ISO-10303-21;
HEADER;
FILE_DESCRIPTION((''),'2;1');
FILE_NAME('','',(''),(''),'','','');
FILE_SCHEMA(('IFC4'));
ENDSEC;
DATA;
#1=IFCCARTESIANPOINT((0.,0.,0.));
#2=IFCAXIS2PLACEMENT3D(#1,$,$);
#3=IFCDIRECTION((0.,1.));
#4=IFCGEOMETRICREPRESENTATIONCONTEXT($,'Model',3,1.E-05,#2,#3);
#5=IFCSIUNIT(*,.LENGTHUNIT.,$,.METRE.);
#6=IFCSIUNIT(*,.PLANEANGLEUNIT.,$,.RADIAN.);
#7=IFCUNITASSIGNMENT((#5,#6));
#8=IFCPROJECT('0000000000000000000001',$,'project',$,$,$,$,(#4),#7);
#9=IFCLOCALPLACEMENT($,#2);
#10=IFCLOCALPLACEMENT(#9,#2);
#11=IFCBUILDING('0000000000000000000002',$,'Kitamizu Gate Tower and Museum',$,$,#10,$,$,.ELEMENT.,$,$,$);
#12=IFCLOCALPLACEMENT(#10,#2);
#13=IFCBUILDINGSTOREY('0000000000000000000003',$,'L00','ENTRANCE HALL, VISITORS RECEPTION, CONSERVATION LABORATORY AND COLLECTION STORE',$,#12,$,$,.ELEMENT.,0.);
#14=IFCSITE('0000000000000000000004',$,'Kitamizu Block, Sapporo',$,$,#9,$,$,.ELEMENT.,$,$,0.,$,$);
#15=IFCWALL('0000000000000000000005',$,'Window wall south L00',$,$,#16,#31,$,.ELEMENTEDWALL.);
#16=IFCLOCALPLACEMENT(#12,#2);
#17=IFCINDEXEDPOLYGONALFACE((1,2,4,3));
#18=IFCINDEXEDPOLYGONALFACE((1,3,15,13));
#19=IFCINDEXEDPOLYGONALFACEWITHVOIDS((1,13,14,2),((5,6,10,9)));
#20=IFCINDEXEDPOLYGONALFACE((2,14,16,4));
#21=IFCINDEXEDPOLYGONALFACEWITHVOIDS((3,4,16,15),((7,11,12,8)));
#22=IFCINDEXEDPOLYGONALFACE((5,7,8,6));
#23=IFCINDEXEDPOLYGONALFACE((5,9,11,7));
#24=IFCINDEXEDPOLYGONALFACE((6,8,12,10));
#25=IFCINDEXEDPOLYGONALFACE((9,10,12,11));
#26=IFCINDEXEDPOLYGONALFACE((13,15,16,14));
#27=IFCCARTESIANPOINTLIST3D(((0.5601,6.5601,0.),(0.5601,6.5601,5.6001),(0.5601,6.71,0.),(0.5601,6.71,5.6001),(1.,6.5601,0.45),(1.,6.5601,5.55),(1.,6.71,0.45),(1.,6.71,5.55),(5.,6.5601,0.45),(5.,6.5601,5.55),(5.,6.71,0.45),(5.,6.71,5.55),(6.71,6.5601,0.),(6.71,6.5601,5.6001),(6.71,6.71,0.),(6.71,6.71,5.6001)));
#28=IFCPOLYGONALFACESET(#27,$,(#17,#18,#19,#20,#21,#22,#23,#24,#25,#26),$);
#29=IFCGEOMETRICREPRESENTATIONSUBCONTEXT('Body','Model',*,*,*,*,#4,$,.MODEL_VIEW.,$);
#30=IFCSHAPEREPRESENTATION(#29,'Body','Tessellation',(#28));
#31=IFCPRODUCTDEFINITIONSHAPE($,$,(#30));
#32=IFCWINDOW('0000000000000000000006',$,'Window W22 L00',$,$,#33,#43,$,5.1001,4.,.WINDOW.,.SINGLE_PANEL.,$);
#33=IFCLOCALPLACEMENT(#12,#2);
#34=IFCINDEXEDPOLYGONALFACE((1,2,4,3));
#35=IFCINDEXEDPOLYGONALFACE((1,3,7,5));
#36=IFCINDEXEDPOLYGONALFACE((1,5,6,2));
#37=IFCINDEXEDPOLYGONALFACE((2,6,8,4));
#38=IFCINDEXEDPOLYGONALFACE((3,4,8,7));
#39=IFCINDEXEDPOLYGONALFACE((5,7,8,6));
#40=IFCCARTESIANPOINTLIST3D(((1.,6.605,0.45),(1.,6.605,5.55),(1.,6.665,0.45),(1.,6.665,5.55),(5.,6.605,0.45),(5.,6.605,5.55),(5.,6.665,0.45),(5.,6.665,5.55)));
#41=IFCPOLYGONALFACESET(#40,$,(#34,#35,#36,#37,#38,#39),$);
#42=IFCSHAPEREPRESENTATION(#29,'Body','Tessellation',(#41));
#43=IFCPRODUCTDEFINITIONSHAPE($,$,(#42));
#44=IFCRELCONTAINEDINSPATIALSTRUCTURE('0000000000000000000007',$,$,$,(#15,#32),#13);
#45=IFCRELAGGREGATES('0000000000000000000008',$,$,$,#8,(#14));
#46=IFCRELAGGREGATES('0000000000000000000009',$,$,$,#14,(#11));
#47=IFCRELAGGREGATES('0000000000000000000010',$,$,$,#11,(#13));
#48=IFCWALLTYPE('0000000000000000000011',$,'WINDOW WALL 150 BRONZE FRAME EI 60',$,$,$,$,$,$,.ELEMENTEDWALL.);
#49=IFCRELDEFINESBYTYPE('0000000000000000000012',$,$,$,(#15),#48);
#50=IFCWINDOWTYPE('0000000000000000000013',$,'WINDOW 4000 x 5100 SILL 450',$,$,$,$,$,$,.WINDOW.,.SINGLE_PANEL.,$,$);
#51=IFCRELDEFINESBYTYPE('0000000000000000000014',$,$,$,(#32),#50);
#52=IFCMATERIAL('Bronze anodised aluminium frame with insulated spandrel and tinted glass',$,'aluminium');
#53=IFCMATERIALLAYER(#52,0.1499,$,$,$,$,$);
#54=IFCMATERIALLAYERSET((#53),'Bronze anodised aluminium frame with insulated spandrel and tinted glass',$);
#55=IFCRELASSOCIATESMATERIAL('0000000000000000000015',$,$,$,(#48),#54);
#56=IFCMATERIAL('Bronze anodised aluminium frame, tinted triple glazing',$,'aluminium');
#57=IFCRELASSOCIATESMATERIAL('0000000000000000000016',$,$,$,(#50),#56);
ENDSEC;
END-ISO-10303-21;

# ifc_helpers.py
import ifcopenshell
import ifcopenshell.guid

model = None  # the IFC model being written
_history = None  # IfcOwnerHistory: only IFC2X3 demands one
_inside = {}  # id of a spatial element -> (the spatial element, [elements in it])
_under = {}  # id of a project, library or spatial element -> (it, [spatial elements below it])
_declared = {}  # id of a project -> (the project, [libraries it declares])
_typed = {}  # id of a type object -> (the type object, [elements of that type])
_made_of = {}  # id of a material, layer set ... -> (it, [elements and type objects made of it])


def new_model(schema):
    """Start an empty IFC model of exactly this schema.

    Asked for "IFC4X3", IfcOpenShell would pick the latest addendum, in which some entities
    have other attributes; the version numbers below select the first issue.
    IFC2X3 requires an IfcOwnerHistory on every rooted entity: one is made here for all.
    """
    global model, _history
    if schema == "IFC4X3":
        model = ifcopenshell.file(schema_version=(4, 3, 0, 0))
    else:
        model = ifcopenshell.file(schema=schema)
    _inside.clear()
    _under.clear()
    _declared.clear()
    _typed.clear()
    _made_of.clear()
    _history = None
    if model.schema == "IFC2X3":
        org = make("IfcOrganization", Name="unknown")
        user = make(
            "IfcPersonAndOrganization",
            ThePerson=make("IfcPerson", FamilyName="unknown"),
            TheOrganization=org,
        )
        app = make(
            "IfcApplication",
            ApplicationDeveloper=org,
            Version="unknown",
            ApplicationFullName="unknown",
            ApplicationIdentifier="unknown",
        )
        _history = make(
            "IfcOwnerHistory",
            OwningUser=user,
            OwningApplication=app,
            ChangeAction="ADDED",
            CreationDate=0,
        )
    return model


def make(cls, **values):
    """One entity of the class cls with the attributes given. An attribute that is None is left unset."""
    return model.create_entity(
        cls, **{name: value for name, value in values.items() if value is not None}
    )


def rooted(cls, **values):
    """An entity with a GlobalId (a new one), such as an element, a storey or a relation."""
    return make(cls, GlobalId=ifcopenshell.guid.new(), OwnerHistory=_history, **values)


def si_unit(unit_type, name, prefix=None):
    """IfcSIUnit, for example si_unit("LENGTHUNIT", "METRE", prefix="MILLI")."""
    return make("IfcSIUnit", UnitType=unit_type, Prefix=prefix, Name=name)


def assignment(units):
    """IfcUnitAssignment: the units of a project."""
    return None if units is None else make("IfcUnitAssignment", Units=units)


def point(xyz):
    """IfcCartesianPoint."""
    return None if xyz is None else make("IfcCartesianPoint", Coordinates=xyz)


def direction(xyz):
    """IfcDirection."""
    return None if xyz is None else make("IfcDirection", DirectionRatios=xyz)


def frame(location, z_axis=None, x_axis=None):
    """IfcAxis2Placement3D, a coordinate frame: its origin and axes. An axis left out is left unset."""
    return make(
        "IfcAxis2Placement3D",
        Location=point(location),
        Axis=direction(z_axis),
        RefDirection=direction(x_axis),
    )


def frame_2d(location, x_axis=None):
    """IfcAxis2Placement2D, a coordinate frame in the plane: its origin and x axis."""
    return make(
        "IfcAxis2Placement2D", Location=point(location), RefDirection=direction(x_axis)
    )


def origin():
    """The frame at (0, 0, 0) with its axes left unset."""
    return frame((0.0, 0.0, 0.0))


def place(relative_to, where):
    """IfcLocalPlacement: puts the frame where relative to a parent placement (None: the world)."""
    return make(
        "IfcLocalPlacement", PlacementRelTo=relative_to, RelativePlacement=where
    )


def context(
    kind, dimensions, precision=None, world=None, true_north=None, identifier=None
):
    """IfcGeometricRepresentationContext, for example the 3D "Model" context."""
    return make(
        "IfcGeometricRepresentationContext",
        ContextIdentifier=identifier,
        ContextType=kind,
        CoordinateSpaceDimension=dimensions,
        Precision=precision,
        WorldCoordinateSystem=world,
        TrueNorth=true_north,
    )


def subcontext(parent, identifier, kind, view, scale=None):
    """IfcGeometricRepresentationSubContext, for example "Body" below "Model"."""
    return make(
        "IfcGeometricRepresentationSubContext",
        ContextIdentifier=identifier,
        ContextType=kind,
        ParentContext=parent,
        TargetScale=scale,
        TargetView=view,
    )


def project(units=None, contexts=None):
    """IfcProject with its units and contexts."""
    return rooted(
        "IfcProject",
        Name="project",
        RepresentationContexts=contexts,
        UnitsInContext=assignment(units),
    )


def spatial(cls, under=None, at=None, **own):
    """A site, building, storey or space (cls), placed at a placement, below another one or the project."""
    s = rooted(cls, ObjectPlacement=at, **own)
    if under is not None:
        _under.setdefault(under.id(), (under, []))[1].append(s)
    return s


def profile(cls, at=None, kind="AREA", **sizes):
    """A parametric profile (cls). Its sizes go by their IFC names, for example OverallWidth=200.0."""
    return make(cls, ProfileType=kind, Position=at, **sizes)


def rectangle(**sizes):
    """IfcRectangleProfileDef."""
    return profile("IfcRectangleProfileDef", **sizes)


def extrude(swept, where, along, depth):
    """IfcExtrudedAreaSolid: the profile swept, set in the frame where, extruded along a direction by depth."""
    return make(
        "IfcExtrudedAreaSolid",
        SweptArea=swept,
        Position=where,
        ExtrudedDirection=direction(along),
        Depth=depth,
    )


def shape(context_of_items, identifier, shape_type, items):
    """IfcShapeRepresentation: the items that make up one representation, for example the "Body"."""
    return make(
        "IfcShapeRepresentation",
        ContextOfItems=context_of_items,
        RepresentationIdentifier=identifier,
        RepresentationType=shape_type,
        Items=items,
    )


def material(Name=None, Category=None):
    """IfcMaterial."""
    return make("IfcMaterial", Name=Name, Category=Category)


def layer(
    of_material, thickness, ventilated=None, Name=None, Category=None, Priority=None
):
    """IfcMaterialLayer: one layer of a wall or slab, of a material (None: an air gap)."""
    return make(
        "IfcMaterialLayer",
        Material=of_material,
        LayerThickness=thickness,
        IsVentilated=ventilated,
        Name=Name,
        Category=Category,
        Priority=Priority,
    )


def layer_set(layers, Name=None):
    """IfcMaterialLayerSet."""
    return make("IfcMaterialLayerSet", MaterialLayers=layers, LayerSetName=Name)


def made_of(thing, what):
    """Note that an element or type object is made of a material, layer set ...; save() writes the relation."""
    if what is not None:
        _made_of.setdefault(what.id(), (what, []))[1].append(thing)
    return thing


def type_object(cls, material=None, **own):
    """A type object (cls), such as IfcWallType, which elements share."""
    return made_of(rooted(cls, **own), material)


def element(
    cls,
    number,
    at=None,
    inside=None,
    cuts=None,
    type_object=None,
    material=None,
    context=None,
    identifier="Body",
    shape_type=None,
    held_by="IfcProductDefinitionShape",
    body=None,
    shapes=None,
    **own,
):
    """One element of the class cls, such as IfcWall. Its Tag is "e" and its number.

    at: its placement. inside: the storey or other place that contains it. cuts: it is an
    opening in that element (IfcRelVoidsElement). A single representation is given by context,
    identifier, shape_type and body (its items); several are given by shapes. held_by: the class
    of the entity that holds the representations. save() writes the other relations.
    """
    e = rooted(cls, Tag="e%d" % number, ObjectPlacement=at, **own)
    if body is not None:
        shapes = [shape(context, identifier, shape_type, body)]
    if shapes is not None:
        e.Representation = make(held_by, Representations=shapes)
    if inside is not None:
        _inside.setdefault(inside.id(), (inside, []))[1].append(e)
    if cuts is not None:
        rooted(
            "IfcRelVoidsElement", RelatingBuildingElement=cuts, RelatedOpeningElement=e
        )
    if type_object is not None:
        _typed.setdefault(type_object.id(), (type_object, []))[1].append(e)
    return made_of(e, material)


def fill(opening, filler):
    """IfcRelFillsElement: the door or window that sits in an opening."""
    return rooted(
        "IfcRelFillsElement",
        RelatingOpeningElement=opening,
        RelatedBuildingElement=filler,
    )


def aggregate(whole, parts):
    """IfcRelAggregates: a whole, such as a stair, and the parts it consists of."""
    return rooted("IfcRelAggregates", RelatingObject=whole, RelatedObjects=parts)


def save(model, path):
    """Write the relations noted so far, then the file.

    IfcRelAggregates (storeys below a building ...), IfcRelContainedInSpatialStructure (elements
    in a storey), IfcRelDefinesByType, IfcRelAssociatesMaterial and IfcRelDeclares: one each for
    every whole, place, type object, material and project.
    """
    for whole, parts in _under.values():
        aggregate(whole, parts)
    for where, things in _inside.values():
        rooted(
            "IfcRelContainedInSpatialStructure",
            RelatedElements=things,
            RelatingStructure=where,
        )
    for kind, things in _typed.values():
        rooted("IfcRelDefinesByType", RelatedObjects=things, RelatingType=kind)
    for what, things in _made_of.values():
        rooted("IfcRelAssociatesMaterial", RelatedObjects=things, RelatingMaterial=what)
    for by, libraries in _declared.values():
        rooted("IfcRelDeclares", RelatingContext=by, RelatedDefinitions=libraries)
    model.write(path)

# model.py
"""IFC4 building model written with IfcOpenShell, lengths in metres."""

from ifc_helpers import new_model, si_unit, direction, frame, frame_2d, origin, place, context, subcontext, project, spatial, rectangle, extrude, material, layer, layer_set, type_object, element, fill, save


model = new_model("IFC4")

# Units and contexts
model_context = context("Model", 3, precision=1e-05, world=origin(), true_north=direction((0.0, 1.0)))
body_context = subcontext(model_context, "Body", "Model", "MODEL_VIEW")
ifc_project = project(units=[si_unit("LENGTHUNIT", "METRE"), si_unit("PLANEANGLEUNIT", "RADIAN")], contexts=[model_context])

# Site, building, storey
site_placement = place(None, origin())
site = spatial("IfcSite", under=ifc_project, at=site_placement, Name="Kitamizu Block, Sapporo", CompositionType="ELEMENT", RefElevation=0.0)
building_placement = place(site_placement, origin())
building = spatial("IfcBuilding", under=site, at=building_placement, Name="Kitamizu Gate Tower and Museum", CompositionType="ELEMENT")
storey_placement = place(building_placement, origin())
storey = spatial("IfcBuildingStorey", under=building, at=storey_placement, Name="L00", Description="ENTRANCE HALL, VISITORS RECEPTION, CONSERVATION LABORATORY AND COLLECTION STORE", CompositionType="ELEMENT", Elevation=0.0)

# Shared definitions
ifc_material_1 = material(Name="Bronze anodised aluminium frame with insulated spandrel and tinted glass", Category="aluminium")
ifc_layer_1 = layer(ifc_material_1, 0.1499)
ifc_layer_set_1 = layer_set([ifc_layer_1], Name="Bronze anodised aluminium frame with insulated spandrel and tinted glass")
wall_type_1 = type_object("IfcWallType", Name="WINDOW WALL 150 BRONZE FRAME EI 60", PredefinedType="ELEMENTEDWALL", material=ifc_layer_set_1)
ifc_material_2 = material(Name="Bronze anodised aluminium frame, tinted triple glazing", Category="aluminium")
window_type_1 = type_object("IfcWindowType", Name="WINDOW 4000 x 5100 SILL 450", PartitioningType="SINGLE_PANEL", PredefinedType="WINDOW", material=ifc_material_2)

# Wall, opening, window
wall_1_placement = place(storey_placement, frame((0.5601, 6.635, 0.0), z_axis=(0.0, 0.0, 1.0), x_axis=(1.0, 0.0, 0.0)))
wall_1 = element("IfcWall", 1, at=wall_1_placement, inside=storey, type_object=wall_type_1, Name="Window wall south L00", PredefinedType="ELEMENTEDWALL", context=body_context, shape_type="SweptSolid", body=[
    extrude(rectangle(XDim=6.1499, YDim=0.1499, at=frame_2d((3.075, 0.0))), origin(), (0.0, 0.0, 1.0), 5.6001),
])
opening_1_placement = place(wall_1_placement, frame((0.4399, 0.0, 0.45)))
opening_1 = element("IfcOpeningElement", 2, at=opening_1_placement, cuts=wall_1, PredefinedType="OPENING", context=body_context, shape_type="SweptSolid", body=[
    extrude(rectangle(XDim=4.0, YDim=5.1001, at=frame_2d((2.0, 2.55))), frame((0.0, 0.085, 0.0), z_axis=(0.0, -1.0, 0.0), x_axis=(1.0, 0.0, 0.0)), (0.0, 0.0, 1.0), 0.1699),
])
window_1_placement = place(opening_1_placement, origin())
window_1 = element("IfcWindow", 3, at=window_1_placement, inside=storey, type_object=window_type_1, Name="Window W22 L00", OverallHeight=5.1001, OverallWidth=4.0, PartitioningType="SINGLE_PANEL", PredefinedType="WINDOW", context=body_context, shape_type="SweptSolid", body=[
    extrude(rectangle(XDim=4.0, YDim=5.1001, at=frame_2d((2.0, 2.55))), frame((0.0, 0.03, 0.0), z_axis=(0.0, -1.0, 0.0), x_axis=(1.0, 0.0, 0.0)), (0.0, 0.0, 1.0), 0.0601),
])
fill(opening_1, window_1)

save(model, "model.ifc")
